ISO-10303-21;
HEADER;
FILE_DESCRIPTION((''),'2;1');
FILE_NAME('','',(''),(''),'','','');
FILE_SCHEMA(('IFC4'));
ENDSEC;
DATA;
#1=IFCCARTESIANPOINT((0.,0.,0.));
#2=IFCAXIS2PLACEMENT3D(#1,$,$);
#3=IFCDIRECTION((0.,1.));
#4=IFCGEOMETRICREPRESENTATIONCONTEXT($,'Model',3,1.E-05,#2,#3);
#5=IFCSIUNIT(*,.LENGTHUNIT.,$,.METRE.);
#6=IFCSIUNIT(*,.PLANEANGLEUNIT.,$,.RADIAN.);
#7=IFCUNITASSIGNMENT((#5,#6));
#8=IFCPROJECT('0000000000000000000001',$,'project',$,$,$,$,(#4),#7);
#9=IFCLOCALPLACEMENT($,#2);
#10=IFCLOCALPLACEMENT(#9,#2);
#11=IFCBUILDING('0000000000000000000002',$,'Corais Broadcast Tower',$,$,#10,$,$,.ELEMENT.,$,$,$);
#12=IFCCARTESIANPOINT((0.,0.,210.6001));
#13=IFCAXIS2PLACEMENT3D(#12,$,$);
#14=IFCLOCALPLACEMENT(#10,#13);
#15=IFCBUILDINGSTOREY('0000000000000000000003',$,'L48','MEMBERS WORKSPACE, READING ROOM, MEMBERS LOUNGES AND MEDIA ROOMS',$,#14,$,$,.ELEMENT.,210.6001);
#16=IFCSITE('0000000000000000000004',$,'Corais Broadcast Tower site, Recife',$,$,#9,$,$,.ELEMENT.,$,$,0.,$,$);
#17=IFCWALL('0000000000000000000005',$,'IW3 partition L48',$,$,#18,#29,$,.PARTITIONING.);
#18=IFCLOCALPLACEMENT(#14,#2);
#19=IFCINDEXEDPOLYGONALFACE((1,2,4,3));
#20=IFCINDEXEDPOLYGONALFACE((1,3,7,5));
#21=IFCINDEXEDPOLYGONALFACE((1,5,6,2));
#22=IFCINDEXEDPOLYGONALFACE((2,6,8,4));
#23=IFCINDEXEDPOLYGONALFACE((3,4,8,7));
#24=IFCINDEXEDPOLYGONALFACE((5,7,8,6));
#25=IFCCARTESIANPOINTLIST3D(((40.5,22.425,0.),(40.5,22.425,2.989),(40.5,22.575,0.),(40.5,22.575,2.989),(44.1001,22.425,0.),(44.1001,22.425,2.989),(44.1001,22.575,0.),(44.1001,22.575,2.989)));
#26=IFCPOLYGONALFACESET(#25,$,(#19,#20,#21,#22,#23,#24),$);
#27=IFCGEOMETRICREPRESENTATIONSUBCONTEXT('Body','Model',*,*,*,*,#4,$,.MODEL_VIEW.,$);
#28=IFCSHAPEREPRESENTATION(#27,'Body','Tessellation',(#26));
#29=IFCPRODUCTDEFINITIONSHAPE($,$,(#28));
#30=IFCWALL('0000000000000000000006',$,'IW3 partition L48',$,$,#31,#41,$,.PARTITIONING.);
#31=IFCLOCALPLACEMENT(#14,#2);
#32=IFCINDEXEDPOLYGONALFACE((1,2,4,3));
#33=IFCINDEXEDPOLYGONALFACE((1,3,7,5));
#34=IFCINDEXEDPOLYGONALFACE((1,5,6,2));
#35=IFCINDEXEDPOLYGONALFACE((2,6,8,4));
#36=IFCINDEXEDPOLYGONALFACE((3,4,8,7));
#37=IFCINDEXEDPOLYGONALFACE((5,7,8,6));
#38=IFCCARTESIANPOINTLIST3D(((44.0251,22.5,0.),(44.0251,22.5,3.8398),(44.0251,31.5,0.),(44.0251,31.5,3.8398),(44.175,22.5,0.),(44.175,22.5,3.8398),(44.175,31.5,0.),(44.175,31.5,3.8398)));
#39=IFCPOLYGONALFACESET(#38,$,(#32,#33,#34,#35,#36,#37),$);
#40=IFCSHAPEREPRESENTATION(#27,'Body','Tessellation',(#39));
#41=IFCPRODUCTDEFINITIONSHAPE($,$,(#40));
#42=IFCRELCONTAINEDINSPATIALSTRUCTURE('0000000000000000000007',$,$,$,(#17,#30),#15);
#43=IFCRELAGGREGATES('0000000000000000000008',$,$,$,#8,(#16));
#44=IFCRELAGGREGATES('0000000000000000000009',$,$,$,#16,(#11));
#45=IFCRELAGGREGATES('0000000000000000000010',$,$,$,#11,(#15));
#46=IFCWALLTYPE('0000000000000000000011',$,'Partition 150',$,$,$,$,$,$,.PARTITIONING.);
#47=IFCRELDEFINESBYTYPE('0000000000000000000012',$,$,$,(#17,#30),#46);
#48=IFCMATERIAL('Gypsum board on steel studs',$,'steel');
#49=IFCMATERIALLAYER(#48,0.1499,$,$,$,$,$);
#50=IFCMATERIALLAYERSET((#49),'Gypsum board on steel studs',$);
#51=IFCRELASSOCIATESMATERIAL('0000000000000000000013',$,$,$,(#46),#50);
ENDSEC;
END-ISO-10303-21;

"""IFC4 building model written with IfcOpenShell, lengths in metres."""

from ifc_helpers import new_model, si_unit, direction, frame, frame_2d, origin, place, context, subcontext, project, spatial, rectangle, extrude, material, layer, layer_set, type_object, element, save


model = new_model("IFC4")

# Units and contexts
model_context = context("Model", 3, precision=1e-05, world=origin(), true_north=direction((0.0, 1.0)))
body_context = subcontext(model_context, "Body", "Model", "MODEL_VIEW")
ifc_project = project(units=[si_unit("LENGTHUNIT", "METRE"), si_unit("PLANEANGLEUNIT", "RADIAN")], contexts=[model_context])

# Site, building, storey
site_placement = place(None, origin())
site = spatial("IfcSite", under=ifc_project, at=site_placement, Name="Corais Broadcast Tower site, Recife", CompositionType="ELEMENT", RefElevation=0.0)
building_placement = place(site_placement, origin())
building = spatial("IfcBuilding", under=site, at=building_placement, Name="Corais Broadcast Tower", CompositionType="ELEMENT")
storey_placement = place(building_placement, frame((0.0, 0.0, 210.6001)))
storey = spatial("IfcBuildingStorey", under=building, at=storey_placement, Name="L48", Description="MEMBERS WORKSPACE, READING ROOM, MEMBERS LOUNGES AND MEDIA ROOMS", CompositionType="ELEMENT", Elevation=210.6001)

# Shared definitions
ifc_material_1 = material(Name="Gypsum board on steel studs", Category="steel")
ifc_layer_1 = layer(ifc_material_1, 0.1499)
ifc_layer_set_1 = layer_set([ifc_layer_1], Name="Gypsum board on steel studs")
wall_type = type_object("IfcWallType", Name="Partition 150", PredefinedType="PARTITIONING", material=ifc_layer_set_1)

# Walls
wall_1_placement = place(storey_placement, frame((40.5, 22.5, 0.0), z_axis=(0.0, 0.0, 1.0), x_axis=(1.0, 0.0, 0.0)))
element("IfcWall", 1, at=wall_1_placement, inside=storey, type_object=wall_type, Name="IW3 partition L48", PredefinedType="PARTITIONING", context=body_context, shape_type="SweptSolid", body=[
    extrude(rectangle(XDim=3.6001, YDim=0.1499, at=frame_2d((1.8, 0.0))), origin(), (0.0, 0.0, 1.0), 2.989),
])
wall_2_placement = place(storey_placement, frame((44.1001, 22.5, 0.0), z_axis=(0.0, 0.0, 1.0), x_axis=(0.0, 1.0, 0.0)))
element("IfcWall", 2, at=wall_2_placement, inside=storey, type_object=wall_type, Name="IW3 partition L48", PredefinedType="PARTITIONING", context=body_context, shape_type="SweptSolid", body=[
    extrude(rectangle(XDim=9.0, YDim=0.1499, at=frame_2d((4.5, 0.0))), origin(), (0.0, 0.0, 1.0), 3.8398),
])

save(model, "model.ifc")
